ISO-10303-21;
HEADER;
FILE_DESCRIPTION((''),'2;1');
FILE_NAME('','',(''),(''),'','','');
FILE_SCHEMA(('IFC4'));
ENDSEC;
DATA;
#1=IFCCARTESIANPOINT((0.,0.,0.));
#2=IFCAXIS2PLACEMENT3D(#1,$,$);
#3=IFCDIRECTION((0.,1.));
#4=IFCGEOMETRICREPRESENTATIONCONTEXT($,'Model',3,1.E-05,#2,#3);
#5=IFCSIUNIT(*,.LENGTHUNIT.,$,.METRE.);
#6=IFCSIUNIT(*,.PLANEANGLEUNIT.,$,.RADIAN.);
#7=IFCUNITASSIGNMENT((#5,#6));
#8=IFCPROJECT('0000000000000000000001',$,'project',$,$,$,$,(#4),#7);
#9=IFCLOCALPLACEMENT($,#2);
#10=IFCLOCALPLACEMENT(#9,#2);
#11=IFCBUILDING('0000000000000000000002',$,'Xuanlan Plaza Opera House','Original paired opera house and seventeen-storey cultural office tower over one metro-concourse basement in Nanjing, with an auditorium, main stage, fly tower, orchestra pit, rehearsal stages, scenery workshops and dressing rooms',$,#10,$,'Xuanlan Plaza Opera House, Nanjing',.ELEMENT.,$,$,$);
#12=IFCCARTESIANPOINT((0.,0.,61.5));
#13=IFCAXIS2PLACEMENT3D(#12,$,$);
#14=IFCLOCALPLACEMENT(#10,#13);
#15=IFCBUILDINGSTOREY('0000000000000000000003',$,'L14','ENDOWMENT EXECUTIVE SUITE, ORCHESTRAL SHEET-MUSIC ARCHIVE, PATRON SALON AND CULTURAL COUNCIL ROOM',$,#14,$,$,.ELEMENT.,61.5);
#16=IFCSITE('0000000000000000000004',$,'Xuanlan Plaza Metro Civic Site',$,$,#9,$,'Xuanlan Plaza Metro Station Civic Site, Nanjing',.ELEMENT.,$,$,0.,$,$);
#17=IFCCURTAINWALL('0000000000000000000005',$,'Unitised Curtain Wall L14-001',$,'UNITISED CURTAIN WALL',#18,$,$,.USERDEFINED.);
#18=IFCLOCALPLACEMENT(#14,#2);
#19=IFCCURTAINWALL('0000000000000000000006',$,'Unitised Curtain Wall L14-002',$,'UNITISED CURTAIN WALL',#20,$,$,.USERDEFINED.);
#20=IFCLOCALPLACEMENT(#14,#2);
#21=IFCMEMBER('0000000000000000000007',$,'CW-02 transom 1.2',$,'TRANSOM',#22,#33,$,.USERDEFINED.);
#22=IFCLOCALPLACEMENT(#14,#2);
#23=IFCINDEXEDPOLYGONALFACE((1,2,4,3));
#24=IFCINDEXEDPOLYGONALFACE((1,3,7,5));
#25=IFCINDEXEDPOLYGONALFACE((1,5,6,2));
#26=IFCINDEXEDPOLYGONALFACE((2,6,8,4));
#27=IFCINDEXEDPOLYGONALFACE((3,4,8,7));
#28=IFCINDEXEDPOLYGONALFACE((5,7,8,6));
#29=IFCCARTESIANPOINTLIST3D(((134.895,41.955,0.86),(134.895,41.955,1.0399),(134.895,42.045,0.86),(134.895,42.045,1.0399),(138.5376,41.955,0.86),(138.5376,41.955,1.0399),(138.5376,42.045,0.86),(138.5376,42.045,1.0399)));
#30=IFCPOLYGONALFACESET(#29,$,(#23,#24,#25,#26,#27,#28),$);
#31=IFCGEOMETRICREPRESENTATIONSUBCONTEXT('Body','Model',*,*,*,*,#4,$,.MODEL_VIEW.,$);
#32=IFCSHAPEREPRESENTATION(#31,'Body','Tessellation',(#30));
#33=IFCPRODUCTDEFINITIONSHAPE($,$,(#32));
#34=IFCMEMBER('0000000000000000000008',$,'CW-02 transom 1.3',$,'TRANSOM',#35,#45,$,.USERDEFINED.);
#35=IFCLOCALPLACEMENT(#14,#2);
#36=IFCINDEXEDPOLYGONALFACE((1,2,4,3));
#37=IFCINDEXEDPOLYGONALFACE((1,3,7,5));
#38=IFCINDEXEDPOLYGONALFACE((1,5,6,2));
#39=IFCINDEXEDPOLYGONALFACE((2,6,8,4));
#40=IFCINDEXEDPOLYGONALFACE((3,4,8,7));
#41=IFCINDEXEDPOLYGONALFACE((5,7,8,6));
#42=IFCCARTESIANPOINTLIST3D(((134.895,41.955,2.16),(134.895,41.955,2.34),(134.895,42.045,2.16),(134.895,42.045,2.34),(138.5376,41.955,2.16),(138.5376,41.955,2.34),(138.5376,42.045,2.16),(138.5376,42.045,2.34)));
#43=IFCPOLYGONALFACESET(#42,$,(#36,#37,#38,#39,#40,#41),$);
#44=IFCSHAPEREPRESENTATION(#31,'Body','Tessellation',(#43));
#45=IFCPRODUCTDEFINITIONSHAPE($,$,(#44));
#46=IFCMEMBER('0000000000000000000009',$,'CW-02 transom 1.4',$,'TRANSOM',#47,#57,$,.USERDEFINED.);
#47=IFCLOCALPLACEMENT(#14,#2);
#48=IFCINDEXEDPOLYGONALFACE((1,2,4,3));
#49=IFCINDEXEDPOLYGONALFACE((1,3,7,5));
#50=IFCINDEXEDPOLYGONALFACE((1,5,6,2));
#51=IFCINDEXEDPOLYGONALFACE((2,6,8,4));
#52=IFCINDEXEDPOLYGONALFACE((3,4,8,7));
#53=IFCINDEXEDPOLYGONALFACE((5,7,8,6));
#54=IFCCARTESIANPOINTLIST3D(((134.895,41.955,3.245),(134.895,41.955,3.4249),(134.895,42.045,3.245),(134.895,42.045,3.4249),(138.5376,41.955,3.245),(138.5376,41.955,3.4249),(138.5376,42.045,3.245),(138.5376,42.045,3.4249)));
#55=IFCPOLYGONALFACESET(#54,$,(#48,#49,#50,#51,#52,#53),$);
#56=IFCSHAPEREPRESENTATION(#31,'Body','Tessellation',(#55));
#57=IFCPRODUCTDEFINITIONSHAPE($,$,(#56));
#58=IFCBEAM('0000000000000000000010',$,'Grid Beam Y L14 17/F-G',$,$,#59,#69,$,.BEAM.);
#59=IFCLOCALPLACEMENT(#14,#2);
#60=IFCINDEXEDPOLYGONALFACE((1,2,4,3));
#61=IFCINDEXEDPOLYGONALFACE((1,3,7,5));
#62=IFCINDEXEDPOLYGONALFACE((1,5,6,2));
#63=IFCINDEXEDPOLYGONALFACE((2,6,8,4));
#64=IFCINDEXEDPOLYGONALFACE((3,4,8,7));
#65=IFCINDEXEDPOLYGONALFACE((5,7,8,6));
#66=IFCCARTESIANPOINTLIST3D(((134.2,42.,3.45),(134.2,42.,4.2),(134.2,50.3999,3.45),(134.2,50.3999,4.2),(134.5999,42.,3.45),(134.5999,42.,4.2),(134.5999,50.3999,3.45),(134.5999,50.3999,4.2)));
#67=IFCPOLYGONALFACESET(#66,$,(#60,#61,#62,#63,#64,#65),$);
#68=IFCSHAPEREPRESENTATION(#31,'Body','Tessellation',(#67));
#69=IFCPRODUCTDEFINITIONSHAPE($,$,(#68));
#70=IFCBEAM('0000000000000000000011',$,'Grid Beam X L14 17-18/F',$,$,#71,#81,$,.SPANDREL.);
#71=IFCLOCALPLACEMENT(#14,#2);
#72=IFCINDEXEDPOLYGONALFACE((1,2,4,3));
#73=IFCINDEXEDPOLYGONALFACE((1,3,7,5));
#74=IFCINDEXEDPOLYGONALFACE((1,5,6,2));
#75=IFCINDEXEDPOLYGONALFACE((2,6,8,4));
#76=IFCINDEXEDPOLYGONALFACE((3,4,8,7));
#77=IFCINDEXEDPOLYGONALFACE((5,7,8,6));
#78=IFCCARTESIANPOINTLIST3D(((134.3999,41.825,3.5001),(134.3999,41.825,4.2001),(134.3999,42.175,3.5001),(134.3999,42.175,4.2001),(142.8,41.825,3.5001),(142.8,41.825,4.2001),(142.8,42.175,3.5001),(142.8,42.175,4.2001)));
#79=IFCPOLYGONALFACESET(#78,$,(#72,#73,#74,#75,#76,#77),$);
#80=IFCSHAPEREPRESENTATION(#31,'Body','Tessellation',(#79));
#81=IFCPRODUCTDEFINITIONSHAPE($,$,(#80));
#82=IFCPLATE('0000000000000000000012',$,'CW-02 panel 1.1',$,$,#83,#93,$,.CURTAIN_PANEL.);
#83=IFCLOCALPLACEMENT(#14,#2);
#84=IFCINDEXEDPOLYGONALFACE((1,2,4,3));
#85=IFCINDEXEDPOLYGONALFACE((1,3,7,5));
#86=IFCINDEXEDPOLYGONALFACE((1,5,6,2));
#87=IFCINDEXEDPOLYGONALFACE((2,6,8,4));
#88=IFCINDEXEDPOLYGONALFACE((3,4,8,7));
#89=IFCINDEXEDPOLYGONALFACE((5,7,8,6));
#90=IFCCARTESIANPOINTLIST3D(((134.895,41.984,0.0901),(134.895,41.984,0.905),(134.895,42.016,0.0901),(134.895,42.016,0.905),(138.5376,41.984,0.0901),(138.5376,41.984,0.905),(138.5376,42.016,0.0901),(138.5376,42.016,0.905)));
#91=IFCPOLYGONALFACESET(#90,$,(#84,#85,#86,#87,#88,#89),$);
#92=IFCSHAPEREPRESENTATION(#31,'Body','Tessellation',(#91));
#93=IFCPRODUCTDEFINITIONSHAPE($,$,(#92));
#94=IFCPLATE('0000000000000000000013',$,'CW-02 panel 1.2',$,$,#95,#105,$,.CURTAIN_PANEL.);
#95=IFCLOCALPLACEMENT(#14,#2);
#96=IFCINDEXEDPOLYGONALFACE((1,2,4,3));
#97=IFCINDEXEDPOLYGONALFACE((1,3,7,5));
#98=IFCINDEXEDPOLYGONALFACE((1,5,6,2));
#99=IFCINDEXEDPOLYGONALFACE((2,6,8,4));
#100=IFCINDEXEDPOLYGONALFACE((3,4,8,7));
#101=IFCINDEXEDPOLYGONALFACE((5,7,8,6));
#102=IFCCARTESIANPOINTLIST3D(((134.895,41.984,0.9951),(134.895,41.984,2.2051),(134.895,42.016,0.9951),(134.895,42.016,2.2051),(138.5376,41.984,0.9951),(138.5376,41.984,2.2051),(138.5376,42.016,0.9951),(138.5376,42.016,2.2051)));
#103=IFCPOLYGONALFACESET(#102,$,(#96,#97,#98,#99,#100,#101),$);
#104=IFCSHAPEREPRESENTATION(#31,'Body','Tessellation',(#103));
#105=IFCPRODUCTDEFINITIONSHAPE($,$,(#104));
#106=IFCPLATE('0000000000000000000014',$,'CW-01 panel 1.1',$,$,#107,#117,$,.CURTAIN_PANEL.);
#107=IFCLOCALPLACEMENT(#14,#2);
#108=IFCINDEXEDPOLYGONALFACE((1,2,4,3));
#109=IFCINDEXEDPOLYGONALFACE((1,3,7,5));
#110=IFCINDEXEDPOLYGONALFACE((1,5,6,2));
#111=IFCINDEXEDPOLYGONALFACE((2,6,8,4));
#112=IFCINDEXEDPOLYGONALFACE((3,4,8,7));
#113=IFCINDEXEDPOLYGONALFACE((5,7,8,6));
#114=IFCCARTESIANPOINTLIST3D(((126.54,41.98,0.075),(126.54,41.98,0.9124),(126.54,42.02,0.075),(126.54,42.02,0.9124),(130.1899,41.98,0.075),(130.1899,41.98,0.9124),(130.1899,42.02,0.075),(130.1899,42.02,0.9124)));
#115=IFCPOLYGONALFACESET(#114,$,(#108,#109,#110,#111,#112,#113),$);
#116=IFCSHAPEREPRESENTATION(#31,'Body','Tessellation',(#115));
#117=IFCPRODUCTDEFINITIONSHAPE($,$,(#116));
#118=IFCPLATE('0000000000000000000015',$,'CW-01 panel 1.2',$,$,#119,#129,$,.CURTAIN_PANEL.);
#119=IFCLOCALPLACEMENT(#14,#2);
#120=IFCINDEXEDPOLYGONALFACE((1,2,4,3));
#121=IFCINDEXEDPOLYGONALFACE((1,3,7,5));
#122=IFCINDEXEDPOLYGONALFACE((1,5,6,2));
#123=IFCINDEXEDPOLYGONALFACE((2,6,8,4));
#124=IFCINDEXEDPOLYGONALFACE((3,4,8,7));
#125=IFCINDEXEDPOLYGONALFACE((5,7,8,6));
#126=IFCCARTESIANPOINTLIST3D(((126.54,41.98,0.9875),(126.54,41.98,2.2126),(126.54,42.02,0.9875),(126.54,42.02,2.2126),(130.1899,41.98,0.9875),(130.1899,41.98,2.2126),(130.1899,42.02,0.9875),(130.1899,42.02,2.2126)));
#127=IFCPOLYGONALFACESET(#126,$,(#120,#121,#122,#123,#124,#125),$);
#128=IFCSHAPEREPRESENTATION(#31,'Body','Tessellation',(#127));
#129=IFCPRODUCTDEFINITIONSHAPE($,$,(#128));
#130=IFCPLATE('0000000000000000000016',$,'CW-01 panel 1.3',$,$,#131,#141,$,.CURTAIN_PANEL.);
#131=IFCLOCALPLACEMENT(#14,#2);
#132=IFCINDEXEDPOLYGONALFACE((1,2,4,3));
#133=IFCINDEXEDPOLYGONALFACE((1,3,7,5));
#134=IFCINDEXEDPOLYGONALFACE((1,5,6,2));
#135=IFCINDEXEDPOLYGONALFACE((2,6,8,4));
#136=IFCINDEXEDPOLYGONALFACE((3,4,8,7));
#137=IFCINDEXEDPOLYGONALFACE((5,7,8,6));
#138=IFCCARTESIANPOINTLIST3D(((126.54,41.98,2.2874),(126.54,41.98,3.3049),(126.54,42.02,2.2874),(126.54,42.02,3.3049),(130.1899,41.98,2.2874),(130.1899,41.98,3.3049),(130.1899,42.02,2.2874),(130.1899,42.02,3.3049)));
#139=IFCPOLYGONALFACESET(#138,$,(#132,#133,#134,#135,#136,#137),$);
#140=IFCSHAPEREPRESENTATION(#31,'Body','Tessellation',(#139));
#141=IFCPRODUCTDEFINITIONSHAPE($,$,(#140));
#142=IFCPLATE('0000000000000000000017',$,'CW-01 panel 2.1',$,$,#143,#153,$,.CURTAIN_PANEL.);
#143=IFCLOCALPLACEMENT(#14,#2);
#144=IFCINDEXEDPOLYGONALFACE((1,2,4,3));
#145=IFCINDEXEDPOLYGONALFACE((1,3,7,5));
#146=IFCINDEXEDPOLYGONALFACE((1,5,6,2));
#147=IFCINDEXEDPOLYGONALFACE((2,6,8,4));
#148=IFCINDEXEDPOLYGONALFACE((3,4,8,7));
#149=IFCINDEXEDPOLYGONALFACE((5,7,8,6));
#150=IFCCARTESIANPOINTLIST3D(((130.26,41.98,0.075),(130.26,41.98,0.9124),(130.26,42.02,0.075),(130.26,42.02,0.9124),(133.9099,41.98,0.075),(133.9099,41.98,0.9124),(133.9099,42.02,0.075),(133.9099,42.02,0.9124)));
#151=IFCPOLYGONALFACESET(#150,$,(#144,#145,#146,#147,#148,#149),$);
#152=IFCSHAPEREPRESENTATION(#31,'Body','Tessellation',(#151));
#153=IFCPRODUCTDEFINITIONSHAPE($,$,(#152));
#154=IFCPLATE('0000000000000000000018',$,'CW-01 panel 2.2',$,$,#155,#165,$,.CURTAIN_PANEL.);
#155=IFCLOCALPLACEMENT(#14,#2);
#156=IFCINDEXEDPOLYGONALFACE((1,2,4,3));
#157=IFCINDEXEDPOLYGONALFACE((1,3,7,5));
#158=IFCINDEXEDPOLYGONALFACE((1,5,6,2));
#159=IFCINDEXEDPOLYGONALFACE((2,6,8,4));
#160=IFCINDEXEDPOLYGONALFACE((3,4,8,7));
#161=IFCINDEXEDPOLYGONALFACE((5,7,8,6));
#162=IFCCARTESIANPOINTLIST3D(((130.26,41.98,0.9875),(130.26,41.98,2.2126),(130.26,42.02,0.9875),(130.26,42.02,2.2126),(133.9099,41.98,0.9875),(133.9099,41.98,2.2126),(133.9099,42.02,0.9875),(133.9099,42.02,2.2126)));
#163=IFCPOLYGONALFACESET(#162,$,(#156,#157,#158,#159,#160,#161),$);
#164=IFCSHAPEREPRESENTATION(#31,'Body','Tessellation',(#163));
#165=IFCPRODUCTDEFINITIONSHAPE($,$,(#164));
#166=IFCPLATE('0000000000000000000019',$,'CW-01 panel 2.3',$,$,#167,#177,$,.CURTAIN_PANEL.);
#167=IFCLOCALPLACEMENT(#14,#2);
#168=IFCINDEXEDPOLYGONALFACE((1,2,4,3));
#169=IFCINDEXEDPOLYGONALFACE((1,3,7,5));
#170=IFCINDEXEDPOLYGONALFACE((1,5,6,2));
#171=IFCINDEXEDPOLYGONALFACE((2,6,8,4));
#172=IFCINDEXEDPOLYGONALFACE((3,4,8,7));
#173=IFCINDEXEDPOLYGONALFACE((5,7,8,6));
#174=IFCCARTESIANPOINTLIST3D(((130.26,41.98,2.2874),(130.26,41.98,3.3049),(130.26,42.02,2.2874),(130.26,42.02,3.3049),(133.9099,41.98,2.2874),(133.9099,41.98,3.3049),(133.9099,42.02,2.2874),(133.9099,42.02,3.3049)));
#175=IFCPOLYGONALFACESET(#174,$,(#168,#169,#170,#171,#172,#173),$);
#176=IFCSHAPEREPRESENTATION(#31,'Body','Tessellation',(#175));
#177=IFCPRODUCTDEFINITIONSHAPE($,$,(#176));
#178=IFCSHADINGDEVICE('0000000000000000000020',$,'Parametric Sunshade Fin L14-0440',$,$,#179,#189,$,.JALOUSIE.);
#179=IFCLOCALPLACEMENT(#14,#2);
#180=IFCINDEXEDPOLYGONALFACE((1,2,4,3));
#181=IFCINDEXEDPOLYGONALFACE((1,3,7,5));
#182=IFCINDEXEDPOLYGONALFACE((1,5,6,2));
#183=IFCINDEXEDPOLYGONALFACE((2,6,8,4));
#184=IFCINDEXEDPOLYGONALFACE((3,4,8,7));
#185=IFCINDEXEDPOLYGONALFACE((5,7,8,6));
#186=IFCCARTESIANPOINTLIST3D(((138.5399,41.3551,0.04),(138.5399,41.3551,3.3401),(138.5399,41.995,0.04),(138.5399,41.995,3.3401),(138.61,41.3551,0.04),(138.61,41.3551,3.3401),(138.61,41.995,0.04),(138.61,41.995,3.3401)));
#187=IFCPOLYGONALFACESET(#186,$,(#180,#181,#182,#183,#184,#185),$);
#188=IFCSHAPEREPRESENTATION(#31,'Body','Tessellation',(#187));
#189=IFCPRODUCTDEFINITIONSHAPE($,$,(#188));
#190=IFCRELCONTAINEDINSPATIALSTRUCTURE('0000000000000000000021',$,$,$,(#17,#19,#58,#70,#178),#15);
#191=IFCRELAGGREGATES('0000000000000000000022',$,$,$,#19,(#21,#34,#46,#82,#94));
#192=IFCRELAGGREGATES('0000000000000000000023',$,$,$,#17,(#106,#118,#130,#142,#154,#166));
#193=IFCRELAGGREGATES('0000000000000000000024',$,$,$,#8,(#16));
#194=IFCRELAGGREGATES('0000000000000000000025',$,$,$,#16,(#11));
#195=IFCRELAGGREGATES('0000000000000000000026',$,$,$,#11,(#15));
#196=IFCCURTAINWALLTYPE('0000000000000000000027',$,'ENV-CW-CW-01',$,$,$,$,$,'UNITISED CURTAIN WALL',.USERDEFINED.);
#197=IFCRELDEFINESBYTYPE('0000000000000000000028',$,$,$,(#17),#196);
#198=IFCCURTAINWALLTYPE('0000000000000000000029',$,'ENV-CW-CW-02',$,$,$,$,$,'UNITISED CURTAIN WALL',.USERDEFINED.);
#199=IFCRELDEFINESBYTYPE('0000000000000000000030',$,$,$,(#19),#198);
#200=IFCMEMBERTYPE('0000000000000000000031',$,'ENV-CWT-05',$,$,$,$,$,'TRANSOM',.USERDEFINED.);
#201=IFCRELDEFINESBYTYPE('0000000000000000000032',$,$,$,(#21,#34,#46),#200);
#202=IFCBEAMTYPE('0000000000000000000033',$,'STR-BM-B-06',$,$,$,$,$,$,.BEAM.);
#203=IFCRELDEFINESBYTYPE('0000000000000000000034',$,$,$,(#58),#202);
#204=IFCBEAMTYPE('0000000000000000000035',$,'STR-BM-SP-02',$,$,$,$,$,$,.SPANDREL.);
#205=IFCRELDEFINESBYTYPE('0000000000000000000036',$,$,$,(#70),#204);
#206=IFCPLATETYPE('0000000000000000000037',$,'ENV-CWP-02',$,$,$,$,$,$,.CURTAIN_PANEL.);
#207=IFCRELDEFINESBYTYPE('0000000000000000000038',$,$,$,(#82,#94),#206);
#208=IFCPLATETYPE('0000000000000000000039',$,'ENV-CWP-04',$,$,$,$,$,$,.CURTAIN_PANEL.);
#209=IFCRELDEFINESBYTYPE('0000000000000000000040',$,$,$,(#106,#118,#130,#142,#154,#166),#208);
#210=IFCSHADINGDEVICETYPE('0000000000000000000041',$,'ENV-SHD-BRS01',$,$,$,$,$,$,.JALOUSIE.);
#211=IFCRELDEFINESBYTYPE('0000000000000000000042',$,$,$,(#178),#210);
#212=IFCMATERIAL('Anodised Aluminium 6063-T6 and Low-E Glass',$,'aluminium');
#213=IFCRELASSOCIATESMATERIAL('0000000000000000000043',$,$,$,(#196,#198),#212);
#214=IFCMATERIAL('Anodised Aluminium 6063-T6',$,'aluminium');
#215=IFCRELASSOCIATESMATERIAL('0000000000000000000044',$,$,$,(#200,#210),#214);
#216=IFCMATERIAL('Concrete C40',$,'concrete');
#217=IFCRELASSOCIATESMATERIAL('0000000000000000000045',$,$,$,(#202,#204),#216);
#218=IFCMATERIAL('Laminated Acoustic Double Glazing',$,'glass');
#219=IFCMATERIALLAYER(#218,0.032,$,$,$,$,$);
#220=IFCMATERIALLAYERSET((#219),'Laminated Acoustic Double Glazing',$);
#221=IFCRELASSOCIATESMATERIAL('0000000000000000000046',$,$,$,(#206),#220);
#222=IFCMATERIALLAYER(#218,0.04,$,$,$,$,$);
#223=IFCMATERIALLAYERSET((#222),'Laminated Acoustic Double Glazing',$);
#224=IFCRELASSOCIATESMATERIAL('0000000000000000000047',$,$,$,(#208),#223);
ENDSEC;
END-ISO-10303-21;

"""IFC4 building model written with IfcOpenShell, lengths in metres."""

from ifc_helpers import new_model, si_unit, direction, frame, origin, origin_2d, place, context, subcontext, project, spatial, rectangle, extrude, material, layer, layer_set, material_profile, profile_set, type_object, element, aggregate, save


model = new_model("IFC4")

# Units and contexts
model_context = context("Model", 3, precision=1e-05, world=origin(), true_north=direction((0.0, 1.0)))
body_context = subcontext(model_context, "Body", "Model", "MODEL_VIEW")
ifc_project = project(units=[si_unit("LENGTHUNIT", "METRE"), si_unit("PLANEANGLEUNIT", "RADIAN")], contexts=[model_context])

# Site, building, storey
site_placement = place(None, origin())
site = spatial("IfcSite", under=ifc_project, at=site_placement, Name="Xuanlan Plaza Metro Civic Site", LongName="Xuanlan Plaza Metro Station Civic Site, Nanjing", CompositionType="ELEMENT", RefElevation=0.0)
building_placement = place(site_placement, origin())
building = spatial("IfcBuilding", under=site, at=building_placement, Name="Xuanlan Plaza Opera House", Description="Original paired opera house and seventeen-storey cultural office tower over one metro-concourse basement in Nanjing, with an auditorium, main stage, fly tower, orchestra pit, rehearsal stages, scenery workshops and dressing rooms", LongName="Xuanlan Plaza Opera House, Nanjing", CompositionType="ELEMENT")
storey_placement = place(building_placement, frame((0.0, 0.0, 61.5)))
storey = spatial("IfcBuildingStorey", under=building, at=storey_placement, Name="L14", Description="ENDOWMENT EXECUTIVE SUITE, ORCHESTRAL SHEET-MUSIC ARCHIVE, PATRON SALON AND CULTURAL COUNCIL ROOM", CompositionType="ELEMENT", Elevation=61.5)

# Curtain wall
ifc_material_1 = material(Name="Anodised Aluminium 6063-T6 and Low-E Glass", Category="aluminium")
curtain_wall_type_1 = type_object("IfcCurtainWallType", Name="ENV-CW-CW-01", ElementType="UNITISED CURTAIN WALL", PredefinedType="USERDEFINED", material=ifc_material_1)
curtain_wall_1_placement = place(storey_placement, origin())
curtain_wall_1 = element("IfcCurtainWall", 1, at=curtain_wall_1_placement, inside=storey, type_object=curtain_wall_type_1, Name="Unitised Curtain Wall L14-001", ObjectType="UNITISED CURTAIN WALL", PredefinedType="USERDEFINED")
ifc_material_2 = material(Name="Anodised Aluminium 6063-T6", Category="aluminium")

# Curtain wall
curtain_wall_type_2 = type_object("IfcCurtainWallType", Name="ENV-CW-CW-02", ElementType="UNITISED CURTAIN WALL", PredefinedType="USERDEFINED", material=ifc_material_1)
curtain_wall_2_placement = place(storey_placement, origin())
curtain_wall_2 = element("IfcCurtainWall", 2, at=curtain_wall_2_placement, inside=storey, type_object=curtain_wall_type_2, Name="Unitised Curtain Wall L14-002", ObjectType="UNITISED CURTAIN WALL", PredefinedType="USERDEFINED")

# Members
ifc_material_profile_1 = material_profile(ifc_material_2, rectangle(XDim=0.0901, YDim=0.1799, at=origin_2d()), Name="ALU-T 90x180")
ifc_profile_set_1 = profile_set([ifc_material_profile_1], Name="Anodised Aluminium 6063-T6")
member_type_1 = type_object("IfcMemberType", Name="ENV-CWT-05", ElementType="TRANSOM", PredefinedType="USERDEFINED", material=ifc_profile_set_1)
member_1_placement = place(storey_placement, frame((134.895, 42.0, 0.95), z_axis=(1.0, 0.0, 0.0), x_axis=(0.0, 1.0, 0.0)))
member_1 = element("IfcMember", 3, at=member_1_placement, type_object=member_type_1, Name="CW-02 transom 1.2", ObjectType="TRANSOM", PredefinedType="USERDEFINED", context=body_context, shape_type="SweptSolid", body=[
    extrude(rectangle(XDim=0.0901, YDim=0.1799, at=origin_2d()), origin(), (0.0, 0.0, 1.0), 3.6426),
])
member_2_placement = place(storey_placement, frame((134.895, 42.0, 2.25), z_axis=(1.0, 0.0, 0.0), x_axis=(0.0, 1.0, 0.0)))
member_2 = element("IfcMember", 4, at=member_2_placement, type_object=member_type_1, Name="CW-02 transom 1.3", ObjectType="TRANSOM", PredefinedType="USERDEFINED", context=body_context, shape_type="SweptSolid", body=[
    extrude(rectangle(XDim=0.0901, YDim=0.1799, at=origin_2d()), origin(), (0.0, 0.0, 1.0), 3.6426),
])
member_3_placement = place(storey_placement, frame((134.895, 42.0, 3.335), z_axis=(1.0, 0.0, 0.0), x_axis=(0.0, 1.0, 0.0)))
member_3 = element("IfcMember", 5, at=member_3_placement, type_object=member_type_1, Name="CW-02 transom 1.4", ObjectType="TRANSOM", PredefinedType="USERDEFINED", context=body_context, shape_type="SweptSolid", body=[
    extrude(rectangle(XDim=0.0901, YDim=0.1799, at=origin_2d()), origin(), (0.0, 0.0, 1.0), 3.6426),
])

# Beams
ifc_material_3 = material(Name="Concrete C40", Category="concrete")
ifc_material_profile_2 = material_profile(ifc_material_3, rectangle(XDim=0.3999, YDim=0.75, at=origin_2d()), Name="RC-BM 400x750")
ifc_profile_set_2 = profile_set([ifc_material_profile_2], Name="Concrete C40")
beam_type_1 = type_object("IfcBeamType", Name="STR-BM-B-06", PredefinedType="BEAM", material=ifc_profile_set_2)
beam_1_placement = place(storey_placement, frame((134.3999, 42.0, 3.825), z_axis=(0.0, 1.0, 0.0), x_axis=(-1.0, 0.0, 0.0)))
element("IfcBeam", 6, at=beam_1_placement, inside=storey, type_object=beam_type_1, Name="Grid Beam Y L14 17/F-G", PredefinedType="BEAM", context=body_context, shape_type="SweptSolid", body=[
    extrude(rectangle(XDim=0.3999, YDim=0.75, at=origin_2d()), origin(), (0.0, 0.0, 1.0), 8.3999),
])
ifc_material_profile_3 = material_profile(ifc_material_3, rectangle(XDim=0.3501, YDim=0.7, at=origin_2d()), Name="RC-SPD 350x700")
ifc_profile_set_3 = profile_set([ifc_material_profile_3], Name="Concrete C40")
beam_type_2 = type_object("IfcBeamType", Name="STR-BM-SP-02", PredefinedType="SPANDREL", material=ifc_profile_set_3)
beam_2_placement = place(storey_placement, frame((134.3999, 42.0, 3.8501), z_axis=(1.0, 0.0, 0.0), x_axis=(0.0, 1.0, 0.0)))
element("IfcBeam", 7, at=beam_2_placement, inside=storey, type_object=beam_type_2, Name="Grid Beam X L14 17-18/F", PredefinedType="SPANDREL", context=body_context, shape_type="SweptSolid", body=[
    extrude(rectangle(XDim=0.3501, YDim=0.7, at=origin_2d()), origin(), (0.0, 0.0, 1.0), 8.4001),
])

# Plates
ifc_material_4 = material(Name="Laminated Acoustic Double Glazing", Category="glass")
ifc_layer_1 = layer(ifc_material_4, 0.032)
ifc_layer_set_1 = layer_set([ifc_layer_1], Name="Laminated Acoustic Double Glazing")
plate_type_1 = type_object("IfcPlateType", Name="ENV-CWP-02", PredefinedType="CURTAIN_PANEL", material=ifc_layer_set_1)
plate_1_placement = place(storey_placement, frame((136.7163, 42.0, 0.0901), z_axis=(0.0, 0.0, 1.0), x_axis=(1.0, 0.0, 0.0)))
plate_1 = element("IfcPlate", 8, at=plate_1_placement, type_object=plate_type_1, Name="CW-02 panel 1.1", PredefinedType="CURTAIN_PANEL", context=body_context, shape_type="SweptSolid", body=[
    extrude(rectangle(XDim=3.6426, YDim=0.032, at=origin_2d()), origin(), (0.0, 0.0, 1.0), 0.8149),
])
plate_2_placement = place(storey_placement, frame((136.7163, 42.0, 0.9951), z_axis=(0.0, 0.0, 1.0), x_axis=(1.0, 0.0, 0.0)))
plate_2 = element("IfcPlate", 9, at=plate_2_placement, type_object=plate_type_1, Name="CW-02 panel 1.2", PredefinedType="CURTAIN_PANEL", context=body_context, shape_type="SweptSolid", body=[
    extrude(rectangle(XDim=3.6426, YDim=0.032, at=origin_2d()), origin(), (0.0, 0.0, 1.0), 1.21),
])
aggregate(curtain_wall_2, [member_1, member_2, member_3, plate_1, plate_2])
ifc_layer_2 = layer(ifc_material_4, 0.04)
ifc_layer_set_2 = layer_set([ifc_layer_2], Name="Laminated Acoustic Double Glazing")
plate_type_2 = type_object("IfcPlateType", Name="ENV-CWP-04", PredefinedType="CURTAIN_PANEL", material=ifc_layer_set_2)
plate_3_placement = place(storey_placement, frame((128.365, 42.0, 0.075), z_axis=(0.0, 0.0, 1.0), x_axis=(1.0, 0.0, 0.0)))
plate_3 = element("IfcPlate", 10, at=plate_3_placement, type_object=plate_type_2, Name="CW-01 panel 1.1", PredefinedType="CURTAIN_PANEL", context=body_context, shape_type="SweptSolid", body=[
    extrude(rectangle(XDim=3.6499, YDim=0.04, at=origin_2d()), origin(), (0.0, 0.0, 1.0), 0.8374),
])
plate_4_placement = place(storey_placement, frame((128.365, 42.0, 0.9875), z_axis=(0.0, 0.0, 1.0), x_axis=(1.0, 0.0, 0.0)))
plate_4 = element("IfcPlate", 11, at=plate_4_placement, type_object=plate_type_2, Name="CW-01 panel 1.2", PredefinedType="CURTAIN_PANEL", context=body_context, shape_type="SweptSolid", body=[
    extrude(rectangle(XDim=3.6499, YDim=0.04, at=origin_2d()), origin(), (0.0, 0.0, 1.0), 1.2251),
])
plate_5_placement = place(storey_placement, frame((128.365, 42.0, 2.2874), z_axis=(0.0, 0.0, 1.0), x_axis=(1.0, 0.0, 0.0)))
plate_5 = element("IfcPlate", 12, at=plate_5_placement, type_object=plate_type_2, Name="CW-01 panel 1.3", PredefinedType="CURTAIN_PANEL", context=body_context, shape_type="SweptSolid", body=[
    extrude(rectangle(XDim=3.6499, YDim=0.04, at=origin_2d()), origin(), (0.0, 0.0, 1.0), 1.0176),
])
plate_6_placement = place(storey_placement, frame((132.085, 42.0, 0.075), z_axis=(0.0, 0.0, 1.0), x_axis=(1.0, 0.0, 0.0)))
plate_6 = element("IfcPlate", 13, at=plate_6_placement, type_object=plate_type_2, Name="CW-01 panel 2.1", PredefinedType="CURTAIN_PANEL", context=body_context, shape_type="SweptSolid", body=[
    extrude(rectangle(XDim=3.6499, YDim=0.04, at=origin_2d()), origin(), (0.0, 0.0, 1.0), 0.8374),
])
plate_7_placement = place(storey_placement, frame((132.085, 42.0, 0.9875), z_axis=(0.0, 0.0, 1.0), x_axis=(1.0, 0.0, 0.0)))
plate_7 = element("IfcPlate", 14, at=plate_7_placement, type_object=plate_type_2, Name="CW-01 panel 2.2", PredefinedType="CURTAIN_PANEL", context=body_context, shape_type="SweptSolid", body=[
    extrude(rectangle(XDim=3.6499, YDim=0.04, at=origin_2d()), origin(), (0.0, 0.0, 1.0), 1.2251),
])
plate_8_placement = place(storey_placement, frame((132.085, 42.0, 2.2874), z_axis=(0.0, 0.0, 1.0), x_axis=(1.0, 0.0, 0.0)))
plate_8 = element("IfcPlate", 15, at=plate_8_placement, type_object=plate_type_2, Name="CW-01 panel 2.3", PredefinedType="CURTAIN_PANEL", context=body_context, shape_type="SweptSolid", body=[
    extrude(rectangle(XDim=3.6499, YDim=0.04, at=origin_2d()), origin(), (0.0, 0.0, 1.0), 1.0176),
])
aggregate(curtain_wall_1, [plate_3, plate_4, plate_5, plate_6, plate_7, plate_8])

# Shading device
shading_device_type_1 = type_object("IfcShadingDeviceType", Name="ENV-SHD-BRS01", PredefinedType="JALOUSIE", material=ifc_material_2)
shading_device_1_placement = place(storey_placement, frame((138.575, 41.675, 0.04), z_axis=(0.0, 0.0, 1.0), x_axis=(0.0, -1.0, 0.0)))
element("IfcShadingDevice", 16, at=shading_device_1_placement, inside=storey, type_object=shading_device_type_1, Name="Parametric Sunshade Fin L14-0440", PredefinedType="JALOUSIE", context=body_context, shape_type="SweptSolid", body=[
    extrude(rectangle(XDim=0.6399, YDim=0.0701, at=origin_2d()), origin(), (0.0, 0.0, 1.0), 3.3),
])

save(model, "model.ifc")
